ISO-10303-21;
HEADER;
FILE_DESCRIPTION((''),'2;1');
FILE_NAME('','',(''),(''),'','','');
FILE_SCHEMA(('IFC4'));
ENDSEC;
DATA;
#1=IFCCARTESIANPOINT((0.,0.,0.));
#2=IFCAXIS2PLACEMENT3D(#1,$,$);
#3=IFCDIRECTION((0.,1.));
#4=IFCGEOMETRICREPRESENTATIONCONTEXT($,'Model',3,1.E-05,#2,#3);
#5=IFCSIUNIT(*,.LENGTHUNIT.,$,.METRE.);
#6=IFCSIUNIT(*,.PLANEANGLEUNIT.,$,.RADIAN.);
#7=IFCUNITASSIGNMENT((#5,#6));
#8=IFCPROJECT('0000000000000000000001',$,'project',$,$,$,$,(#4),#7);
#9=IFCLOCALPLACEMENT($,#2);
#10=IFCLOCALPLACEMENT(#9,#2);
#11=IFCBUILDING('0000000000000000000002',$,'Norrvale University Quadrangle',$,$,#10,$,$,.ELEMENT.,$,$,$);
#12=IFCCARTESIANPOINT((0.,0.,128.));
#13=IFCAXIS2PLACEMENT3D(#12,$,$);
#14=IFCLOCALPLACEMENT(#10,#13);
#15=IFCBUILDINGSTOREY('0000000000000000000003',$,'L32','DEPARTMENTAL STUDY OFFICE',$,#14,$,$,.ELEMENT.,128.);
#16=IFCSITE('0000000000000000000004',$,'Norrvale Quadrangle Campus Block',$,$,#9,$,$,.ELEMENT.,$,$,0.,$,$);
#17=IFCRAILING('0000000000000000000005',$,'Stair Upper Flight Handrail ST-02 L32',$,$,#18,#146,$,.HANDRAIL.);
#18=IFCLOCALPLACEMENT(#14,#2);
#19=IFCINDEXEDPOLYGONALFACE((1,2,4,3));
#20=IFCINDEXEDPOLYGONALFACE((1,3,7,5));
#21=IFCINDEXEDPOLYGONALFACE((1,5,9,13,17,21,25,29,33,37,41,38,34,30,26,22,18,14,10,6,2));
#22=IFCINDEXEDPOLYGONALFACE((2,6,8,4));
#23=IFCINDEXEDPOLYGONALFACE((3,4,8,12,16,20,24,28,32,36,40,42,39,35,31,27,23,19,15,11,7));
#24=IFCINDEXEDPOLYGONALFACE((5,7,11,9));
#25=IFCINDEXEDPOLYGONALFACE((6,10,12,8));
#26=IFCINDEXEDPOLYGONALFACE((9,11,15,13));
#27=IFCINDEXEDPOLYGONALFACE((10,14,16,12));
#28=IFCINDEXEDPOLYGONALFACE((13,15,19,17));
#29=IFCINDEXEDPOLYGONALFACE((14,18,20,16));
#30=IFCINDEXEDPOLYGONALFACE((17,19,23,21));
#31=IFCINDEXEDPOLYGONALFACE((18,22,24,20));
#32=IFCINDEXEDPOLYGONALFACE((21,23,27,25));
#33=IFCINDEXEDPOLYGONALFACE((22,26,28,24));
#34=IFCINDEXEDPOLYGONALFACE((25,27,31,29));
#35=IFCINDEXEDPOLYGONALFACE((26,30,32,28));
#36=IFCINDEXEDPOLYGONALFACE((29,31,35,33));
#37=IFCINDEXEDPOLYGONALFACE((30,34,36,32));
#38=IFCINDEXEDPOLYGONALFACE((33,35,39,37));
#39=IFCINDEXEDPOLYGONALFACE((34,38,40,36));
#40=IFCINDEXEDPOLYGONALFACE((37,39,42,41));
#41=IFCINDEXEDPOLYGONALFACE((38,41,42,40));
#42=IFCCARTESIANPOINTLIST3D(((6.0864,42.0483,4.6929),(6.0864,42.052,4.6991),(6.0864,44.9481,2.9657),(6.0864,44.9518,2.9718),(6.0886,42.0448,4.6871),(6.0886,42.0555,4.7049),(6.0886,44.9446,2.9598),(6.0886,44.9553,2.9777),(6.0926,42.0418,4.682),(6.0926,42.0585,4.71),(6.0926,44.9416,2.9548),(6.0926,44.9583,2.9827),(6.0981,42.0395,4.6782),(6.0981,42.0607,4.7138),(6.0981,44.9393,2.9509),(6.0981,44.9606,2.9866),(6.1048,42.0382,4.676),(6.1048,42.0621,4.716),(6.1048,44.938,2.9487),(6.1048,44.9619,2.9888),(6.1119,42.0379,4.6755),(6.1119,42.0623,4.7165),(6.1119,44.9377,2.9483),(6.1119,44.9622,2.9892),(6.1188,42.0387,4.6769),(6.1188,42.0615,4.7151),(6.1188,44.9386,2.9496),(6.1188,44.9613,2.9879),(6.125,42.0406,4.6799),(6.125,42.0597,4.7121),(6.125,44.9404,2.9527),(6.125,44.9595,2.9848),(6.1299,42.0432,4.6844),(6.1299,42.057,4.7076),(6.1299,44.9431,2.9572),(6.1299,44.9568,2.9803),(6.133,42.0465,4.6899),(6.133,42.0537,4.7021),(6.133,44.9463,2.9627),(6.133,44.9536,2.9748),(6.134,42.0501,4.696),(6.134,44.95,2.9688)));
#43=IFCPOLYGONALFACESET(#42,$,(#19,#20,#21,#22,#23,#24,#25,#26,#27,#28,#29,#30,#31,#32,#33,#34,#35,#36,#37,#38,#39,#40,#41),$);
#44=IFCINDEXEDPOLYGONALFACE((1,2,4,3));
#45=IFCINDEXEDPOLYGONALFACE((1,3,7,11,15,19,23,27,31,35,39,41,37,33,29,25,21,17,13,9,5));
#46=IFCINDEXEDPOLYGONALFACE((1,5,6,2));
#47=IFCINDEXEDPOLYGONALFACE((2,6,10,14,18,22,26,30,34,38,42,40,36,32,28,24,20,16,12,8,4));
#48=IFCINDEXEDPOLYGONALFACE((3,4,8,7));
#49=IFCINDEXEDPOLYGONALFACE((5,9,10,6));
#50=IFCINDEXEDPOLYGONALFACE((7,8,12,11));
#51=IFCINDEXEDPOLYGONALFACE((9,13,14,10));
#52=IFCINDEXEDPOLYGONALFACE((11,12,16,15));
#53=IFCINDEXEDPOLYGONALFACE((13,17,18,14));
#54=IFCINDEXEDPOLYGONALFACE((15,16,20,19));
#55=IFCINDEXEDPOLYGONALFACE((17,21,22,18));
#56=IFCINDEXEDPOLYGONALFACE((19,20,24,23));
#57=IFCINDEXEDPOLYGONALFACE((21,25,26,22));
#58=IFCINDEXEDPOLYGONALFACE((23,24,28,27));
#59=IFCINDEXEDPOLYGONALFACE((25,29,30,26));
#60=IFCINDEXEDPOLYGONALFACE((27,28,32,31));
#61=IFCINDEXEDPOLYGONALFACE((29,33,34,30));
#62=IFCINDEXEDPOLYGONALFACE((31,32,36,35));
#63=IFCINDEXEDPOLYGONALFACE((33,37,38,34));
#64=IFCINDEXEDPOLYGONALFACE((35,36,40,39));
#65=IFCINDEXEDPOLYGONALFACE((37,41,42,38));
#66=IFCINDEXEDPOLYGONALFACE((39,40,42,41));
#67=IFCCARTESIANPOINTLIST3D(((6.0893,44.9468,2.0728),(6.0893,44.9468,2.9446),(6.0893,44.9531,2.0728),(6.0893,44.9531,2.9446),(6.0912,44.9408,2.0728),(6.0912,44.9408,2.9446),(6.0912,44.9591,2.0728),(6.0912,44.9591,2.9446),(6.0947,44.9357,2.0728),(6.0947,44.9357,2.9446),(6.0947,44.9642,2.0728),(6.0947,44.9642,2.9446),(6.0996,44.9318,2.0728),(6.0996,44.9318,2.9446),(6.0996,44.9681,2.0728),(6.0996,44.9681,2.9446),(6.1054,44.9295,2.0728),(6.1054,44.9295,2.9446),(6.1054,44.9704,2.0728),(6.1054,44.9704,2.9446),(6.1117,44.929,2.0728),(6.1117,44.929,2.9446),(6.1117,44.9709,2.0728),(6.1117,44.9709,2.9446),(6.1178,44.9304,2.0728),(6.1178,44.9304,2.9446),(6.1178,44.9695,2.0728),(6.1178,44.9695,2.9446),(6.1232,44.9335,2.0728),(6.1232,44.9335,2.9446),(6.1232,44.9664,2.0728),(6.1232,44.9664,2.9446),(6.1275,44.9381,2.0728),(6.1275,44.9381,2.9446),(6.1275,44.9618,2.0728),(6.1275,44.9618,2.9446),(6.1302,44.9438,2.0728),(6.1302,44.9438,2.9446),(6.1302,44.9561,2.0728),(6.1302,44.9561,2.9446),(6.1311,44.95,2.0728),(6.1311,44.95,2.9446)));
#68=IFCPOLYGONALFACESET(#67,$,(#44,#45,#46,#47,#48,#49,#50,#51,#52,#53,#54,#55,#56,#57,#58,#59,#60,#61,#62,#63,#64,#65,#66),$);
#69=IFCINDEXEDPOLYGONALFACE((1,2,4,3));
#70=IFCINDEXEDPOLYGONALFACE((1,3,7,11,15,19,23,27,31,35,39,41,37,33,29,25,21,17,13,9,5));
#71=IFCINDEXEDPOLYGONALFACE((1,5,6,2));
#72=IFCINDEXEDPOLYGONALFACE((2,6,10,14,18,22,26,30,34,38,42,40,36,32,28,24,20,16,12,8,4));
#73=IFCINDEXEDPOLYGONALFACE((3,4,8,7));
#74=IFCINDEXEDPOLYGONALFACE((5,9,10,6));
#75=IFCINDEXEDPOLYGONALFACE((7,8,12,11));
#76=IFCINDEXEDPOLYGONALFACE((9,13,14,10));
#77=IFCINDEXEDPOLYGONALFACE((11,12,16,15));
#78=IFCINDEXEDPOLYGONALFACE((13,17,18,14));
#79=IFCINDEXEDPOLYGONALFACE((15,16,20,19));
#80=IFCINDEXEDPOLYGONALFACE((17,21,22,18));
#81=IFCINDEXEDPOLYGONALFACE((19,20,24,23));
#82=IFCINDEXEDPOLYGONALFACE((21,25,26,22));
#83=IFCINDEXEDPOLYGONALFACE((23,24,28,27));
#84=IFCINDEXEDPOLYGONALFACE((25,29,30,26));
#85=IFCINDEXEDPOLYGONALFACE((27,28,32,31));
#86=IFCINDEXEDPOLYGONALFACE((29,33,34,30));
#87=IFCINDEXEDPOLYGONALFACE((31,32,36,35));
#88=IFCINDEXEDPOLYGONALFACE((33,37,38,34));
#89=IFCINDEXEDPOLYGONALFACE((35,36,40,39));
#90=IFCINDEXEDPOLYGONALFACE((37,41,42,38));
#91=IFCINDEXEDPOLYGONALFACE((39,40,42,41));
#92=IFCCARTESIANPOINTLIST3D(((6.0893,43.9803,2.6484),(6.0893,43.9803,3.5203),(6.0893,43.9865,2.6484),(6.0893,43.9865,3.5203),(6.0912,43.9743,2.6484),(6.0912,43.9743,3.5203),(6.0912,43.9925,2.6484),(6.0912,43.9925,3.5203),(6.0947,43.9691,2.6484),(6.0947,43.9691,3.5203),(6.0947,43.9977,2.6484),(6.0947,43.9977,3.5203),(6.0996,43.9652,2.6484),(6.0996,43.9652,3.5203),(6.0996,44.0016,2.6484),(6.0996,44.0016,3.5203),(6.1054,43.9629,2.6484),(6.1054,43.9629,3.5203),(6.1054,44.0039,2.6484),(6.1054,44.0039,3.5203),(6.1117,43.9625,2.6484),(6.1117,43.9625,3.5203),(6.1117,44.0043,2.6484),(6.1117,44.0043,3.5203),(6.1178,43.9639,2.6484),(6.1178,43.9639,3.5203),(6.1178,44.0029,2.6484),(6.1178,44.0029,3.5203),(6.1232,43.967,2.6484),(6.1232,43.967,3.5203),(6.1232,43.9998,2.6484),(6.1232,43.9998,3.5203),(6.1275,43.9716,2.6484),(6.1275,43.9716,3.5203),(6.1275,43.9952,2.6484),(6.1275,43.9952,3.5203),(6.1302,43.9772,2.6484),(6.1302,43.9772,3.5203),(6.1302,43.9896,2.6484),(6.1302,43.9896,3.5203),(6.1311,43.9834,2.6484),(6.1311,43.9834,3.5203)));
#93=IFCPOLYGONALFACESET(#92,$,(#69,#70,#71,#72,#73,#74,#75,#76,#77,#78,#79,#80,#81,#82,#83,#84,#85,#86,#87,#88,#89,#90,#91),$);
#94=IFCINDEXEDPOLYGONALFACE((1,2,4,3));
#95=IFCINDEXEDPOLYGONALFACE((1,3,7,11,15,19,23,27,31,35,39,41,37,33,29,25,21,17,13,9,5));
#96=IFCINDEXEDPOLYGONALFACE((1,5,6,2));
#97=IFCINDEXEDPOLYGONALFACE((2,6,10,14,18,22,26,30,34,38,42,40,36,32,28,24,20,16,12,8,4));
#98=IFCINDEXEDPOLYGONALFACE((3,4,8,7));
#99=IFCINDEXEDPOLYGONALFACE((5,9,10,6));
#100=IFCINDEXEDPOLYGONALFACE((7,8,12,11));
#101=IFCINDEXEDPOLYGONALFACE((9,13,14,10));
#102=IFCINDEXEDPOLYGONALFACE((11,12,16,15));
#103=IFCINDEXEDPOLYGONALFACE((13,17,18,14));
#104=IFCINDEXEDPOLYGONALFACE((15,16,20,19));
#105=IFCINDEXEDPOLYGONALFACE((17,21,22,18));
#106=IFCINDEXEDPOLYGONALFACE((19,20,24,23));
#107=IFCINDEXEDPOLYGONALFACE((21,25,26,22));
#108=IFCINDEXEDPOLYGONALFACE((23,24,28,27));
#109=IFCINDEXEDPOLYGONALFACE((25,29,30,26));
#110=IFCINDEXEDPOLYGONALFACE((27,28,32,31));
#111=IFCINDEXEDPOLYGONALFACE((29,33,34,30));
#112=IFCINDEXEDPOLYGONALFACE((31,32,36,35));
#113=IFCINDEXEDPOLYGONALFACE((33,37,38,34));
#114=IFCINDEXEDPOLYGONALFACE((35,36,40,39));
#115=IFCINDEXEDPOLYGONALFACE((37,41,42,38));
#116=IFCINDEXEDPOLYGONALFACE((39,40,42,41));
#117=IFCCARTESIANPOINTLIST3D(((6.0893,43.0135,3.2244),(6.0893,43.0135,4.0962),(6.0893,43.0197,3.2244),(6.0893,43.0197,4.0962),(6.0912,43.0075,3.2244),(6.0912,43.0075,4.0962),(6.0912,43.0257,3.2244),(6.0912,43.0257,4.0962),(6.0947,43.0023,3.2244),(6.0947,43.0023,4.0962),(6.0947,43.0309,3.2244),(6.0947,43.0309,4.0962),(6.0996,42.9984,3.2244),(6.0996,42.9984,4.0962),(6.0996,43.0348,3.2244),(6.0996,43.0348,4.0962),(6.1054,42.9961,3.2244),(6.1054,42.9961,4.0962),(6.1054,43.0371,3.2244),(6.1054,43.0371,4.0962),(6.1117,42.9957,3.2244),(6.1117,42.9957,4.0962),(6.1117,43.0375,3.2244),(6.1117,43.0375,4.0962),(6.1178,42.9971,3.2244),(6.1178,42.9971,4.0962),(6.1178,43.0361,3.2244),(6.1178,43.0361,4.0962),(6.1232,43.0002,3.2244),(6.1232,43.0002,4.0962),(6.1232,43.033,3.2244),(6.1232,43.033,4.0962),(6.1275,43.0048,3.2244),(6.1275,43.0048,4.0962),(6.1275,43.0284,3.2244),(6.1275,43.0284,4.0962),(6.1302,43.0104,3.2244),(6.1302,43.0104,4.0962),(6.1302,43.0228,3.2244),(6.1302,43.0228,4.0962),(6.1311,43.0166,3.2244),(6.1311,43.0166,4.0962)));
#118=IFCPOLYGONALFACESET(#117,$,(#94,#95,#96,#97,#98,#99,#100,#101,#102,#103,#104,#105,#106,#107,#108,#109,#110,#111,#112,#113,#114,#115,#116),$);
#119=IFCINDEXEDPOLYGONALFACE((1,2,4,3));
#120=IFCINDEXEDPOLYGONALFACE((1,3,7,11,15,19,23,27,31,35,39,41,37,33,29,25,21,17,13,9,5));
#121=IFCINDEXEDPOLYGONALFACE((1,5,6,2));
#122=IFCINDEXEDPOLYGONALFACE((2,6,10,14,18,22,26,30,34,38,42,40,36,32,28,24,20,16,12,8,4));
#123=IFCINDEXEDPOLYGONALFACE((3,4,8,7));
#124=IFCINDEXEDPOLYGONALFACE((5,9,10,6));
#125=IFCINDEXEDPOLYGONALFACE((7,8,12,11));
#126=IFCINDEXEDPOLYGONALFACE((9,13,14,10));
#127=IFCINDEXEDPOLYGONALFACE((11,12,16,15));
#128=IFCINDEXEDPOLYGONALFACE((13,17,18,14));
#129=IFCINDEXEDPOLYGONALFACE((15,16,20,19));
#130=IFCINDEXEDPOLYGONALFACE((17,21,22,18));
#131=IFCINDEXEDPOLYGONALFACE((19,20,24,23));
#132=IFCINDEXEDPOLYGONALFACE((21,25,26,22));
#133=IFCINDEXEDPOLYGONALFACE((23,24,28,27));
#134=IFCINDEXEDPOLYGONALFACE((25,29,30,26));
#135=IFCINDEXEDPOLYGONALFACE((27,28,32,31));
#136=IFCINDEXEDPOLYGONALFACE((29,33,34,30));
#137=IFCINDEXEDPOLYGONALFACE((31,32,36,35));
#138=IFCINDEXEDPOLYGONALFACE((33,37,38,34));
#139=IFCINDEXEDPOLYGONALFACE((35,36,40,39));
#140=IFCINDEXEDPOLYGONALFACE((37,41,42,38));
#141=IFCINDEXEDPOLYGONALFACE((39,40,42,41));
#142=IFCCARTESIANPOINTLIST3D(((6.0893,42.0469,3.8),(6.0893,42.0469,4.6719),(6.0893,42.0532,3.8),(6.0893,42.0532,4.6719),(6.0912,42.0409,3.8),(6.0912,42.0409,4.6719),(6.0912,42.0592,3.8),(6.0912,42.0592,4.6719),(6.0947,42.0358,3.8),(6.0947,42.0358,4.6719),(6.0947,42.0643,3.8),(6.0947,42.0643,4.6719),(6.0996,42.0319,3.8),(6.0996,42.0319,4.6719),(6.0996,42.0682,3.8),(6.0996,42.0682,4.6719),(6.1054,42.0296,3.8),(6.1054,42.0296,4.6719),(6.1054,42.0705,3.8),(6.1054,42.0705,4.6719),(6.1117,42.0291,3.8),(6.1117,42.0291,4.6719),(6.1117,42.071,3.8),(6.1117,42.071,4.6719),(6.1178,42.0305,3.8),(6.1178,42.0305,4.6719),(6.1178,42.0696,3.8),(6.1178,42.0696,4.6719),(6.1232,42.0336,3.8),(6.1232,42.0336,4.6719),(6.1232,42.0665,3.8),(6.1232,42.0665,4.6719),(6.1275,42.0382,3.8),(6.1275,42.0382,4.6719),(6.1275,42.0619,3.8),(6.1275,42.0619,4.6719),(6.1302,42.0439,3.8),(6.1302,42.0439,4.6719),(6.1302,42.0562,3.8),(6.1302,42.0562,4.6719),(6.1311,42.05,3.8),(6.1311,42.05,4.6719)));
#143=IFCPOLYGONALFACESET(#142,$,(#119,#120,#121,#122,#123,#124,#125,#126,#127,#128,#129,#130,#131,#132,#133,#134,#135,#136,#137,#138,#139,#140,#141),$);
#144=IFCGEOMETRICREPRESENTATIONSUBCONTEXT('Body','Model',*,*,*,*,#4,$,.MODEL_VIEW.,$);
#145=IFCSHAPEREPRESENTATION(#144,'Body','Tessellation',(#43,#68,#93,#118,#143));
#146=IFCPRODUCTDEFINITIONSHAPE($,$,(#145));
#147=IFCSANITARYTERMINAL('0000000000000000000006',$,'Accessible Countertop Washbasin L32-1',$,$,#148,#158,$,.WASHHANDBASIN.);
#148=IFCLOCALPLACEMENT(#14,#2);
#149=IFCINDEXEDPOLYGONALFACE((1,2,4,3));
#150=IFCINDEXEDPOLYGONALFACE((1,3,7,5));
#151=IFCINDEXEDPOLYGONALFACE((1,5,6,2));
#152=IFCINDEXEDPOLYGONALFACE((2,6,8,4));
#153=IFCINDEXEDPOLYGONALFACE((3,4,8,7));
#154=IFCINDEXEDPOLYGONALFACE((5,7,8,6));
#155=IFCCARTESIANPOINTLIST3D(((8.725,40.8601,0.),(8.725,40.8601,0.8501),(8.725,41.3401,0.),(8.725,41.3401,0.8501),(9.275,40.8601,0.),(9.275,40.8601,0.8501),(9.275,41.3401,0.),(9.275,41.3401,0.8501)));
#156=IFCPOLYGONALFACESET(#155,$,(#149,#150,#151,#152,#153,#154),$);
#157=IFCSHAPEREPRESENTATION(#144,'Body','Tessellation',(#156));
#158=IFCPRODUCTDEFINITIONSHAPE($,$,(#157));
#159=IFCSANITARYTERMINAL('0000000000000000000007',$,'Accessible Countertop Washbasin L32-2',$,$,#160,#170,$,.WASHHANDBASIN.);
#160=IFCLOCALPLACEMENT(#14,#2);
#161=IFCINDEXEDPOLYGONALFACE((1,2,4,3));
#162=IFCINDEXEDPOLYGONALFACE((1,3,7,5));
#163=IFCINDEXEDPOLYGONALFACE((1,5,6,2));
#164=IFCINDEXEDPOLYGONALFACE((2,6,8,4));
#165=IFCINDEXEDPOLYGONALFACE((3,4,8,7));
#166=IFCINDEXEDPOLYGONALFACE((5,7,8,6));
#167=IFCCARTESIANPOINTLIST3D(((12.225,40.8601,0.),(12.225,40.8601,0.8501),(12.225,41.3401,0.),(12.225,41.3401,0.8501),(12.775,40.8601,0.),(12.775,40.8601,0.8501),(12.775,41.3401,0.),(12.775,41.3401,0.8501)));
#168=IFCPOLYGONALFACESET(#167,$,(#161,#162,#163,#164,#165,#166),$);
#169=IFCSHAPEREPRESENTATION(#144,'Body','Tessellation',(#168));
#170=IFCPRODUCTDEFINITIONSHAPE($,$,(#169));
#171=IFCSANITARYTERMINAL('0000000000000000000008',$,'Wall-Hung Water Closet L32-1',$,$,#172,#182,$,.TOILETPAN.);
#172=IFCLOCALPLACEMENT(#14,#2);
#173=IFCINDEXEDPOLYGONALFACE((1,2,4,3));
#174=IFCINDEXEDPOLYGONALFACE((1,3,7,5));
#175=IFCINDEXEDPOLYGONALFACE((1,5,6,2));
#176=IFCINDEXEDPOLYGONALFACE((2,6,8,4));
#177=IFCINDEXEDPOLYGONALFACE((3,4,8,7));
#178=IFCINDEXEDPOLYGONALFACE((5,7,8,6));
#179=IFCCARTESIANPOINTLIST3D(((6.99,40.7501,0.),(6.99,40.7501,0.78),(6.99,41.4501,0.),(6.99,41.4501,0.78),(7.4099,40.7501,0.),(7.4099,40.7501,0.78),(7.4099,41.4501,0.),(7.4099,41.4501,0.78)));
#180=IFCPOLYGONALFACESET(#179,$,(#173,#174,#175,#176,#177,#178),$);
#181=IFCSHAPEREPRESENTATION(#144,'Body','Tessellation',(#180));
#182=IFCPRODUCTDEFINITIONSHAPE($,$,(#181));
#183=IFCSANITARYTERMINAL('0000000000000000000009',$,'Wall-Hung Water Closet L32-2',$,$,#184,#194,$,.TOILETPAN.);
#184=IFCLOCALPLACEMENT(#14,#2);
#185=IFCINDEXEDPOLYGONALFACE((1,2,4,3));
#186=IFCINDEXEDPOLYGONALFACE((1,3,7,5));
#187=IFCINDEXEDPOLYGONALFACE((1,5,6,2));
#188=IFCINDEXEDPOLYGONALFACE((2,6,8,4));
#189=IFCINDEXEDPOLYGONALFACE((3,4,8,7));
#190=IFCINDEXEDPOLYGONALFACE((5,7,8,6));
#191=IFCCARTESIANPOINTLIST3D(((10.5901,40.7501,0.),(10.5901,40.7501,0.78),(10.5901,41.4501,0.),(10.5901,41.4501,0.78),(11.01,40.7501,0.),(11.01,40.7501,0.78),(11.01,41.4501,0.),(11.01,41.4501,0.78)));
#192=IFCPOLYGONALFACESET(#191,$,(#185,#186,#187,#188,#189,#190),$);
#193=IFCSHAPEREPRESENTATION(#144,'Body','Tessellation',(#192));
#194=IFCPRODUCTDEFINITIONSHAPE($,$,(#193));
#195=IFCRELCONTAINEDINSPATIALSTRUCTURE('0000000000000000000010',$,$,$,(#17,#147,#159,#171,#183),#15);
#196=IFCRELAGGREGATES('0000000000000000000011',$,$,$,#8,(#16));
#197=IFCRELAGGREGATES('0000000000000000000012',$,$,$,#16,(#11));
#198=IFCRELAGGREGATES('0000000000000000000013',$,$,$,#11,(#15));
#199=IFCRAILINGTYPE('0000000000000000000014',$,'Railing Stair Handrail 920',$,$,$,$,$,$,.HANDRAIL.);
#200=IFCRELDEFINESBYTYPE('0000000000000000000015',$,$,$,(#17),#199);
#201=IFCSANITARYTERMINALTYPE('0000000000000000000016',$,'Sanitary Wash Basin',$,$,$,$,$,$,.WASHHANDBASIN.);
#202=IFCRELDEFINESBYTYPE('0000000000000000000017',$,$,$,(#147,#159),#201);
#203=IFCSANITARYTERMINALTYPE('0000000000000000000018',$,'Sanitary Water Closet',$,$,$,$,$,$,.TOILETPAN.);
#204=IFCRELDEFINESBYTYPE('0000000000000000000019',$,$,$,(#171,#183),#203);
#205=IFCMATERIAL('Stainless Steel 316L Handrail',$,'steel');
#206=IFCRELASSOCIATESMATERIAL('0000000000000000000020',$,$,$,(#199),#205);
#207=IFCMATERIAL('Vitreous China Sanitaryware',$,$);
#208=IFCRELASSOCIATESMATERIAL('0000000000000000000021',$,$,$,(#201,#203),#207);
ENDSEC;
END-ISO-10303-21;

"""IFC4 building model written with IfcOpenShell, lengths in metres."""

from ifc_helpers import new_model, si_unit, direction, frame, origin, origin_2d, place, context, subcontext, project, spatial, rectangle, circle, extrude, material, type_object, element, save


model = new_model("IFC4")

# Units and contexts
model_context = context("Model", 3, precision=1e-05, world=origin(), true_north=direction((0.0, 1.0)))
body_context = subcontext(model_context, "Body", "Model", "MODEL_VIEW")
ifc_project = project(units=[si_unit("LENGTHUNIT", "METRE"), si_unit("PLANEANGLEUNIT", "RADIAN")], contexts=[model_context])

# Site, building, storey
site_placement = place(None, origin())
site = spatial("IfcSite", under=ifc_project, at=site_placement, Name="Norrvale Quadrangle Campus Block", CompositionType="ELEMENT", RefElevation=0.0)
building_placement = place(site_placement, origin())
building = spatial("IfcBuilding", under=site, at=building_placement, Name="Norrvale University Quadrangle", CompositionType="ELEMENT")
storey_placement = place(building_placement, frame((0.0, 0.0, 128.0)))
storey = spatial("IfcBuildingStorey", under=building, at=storey_placement, Name="L32", Description="DEPARTMENTAL STUDY OFFICE", CompositionType="ELEMENT", Elevation=128.0)

# Railing
ifc_material_1 = material(Name="Stainless Steel 316L Handrail", Category="steel")
railing_type_1 = type_object("IfcRailingType", Name="Railing Stair Handrail 920", PredefinedType="HANDRAIL", material=ifc_material_1)
railing_1_placement = place(storey_placement, frame((6.1101, 44.95, 2.0728)))
element("IfcRailing", 1, at=railing_1_placement, inside=storey, type_object=railing_type_1, Name="Stair Upper Flight Handrail ST-02 L32", PredefinedType="HANDRAIL", context=body_context, shape_type="SweptSolid", body=[
    extrude(circle(Radius=0.0239, at=origin_2d()), frame((0.0, 0.0, 0.896), z_axis=(0.0, -0.859141, 0.511738), x_axis=(1.0, 0.0, 0.0)), (0.0, 0.0, 1.0), 3.3752),
    extrude(circle(Radius=0.021, at=origin_2d()), origin(), (0.0, 0.0, 1.0), 0.8718),
    extrude(circle(Radius=0.021, at=origin_2d()), frame((0.0, -0.9666, 0.5757)), (0.0, 0.0, 1.0), 0.8718),
    extrude(circle(Radius=0.021, at=origin_2d()), frame((0.0, -1.9333, 1.1516)), (0.0, 0.0, 1.0), 0.8718),
    extrude(circle(Radius=0.021, at=origin_2d()), frame((0.0, -2.8999, 1.7273)), (0.0, 0.0, 1.0), 0.8718),
])

# Sanitary terminals
ifc_material_2 = material(Name="Vitreous China Sanitaryware")
sanitary_terminal_type_1 = type_object("IfcSanitaryTerminalType", Name="Sanitary Wash Basin", PredefinedType="WASHHANDBASIN", material=ifc_material_2)
for number, where, z_axis, x_axis, name in (
    (2, (9.0, 41.1001, 0.0), (0.0, 0.0, 1.0), (1.0, 0.0, 0.0), "Accessible Countertop Washbasin L32-1"),
    (3, (12.5, 41.1001, 0.0), (0.0, 0.0, 1.0), (1.0, 0.0, 0.0), "Accessible Countertop Washbasin L32-2"),
):
    element("IfcSanitaryTerminal", number, at=place(storey_placement, frame(where, z_axis=z_axis, x_axis=x_axis)), inside=storey, type_object=sanitary_terminal_type_1, Name=name, PredefinedType="WASHHANDBASIN", context=body_context, shape_type="SweptSolid", body=[
        extrude(rectangle(XDim=0.55, YDim=0.48, at=origin_2d()), origin(), (0.0, 0.0, 1.0), 0.8501),
    ])
sanitary_terminal_type_2 = type_object("IfcSanitaryTerminalType", Name="Sanitary Water Closet", PredefinedType="TOILETPAN", material=ifc_material_2)
for number, where, z_axis, x_axis, name in (
    (4, (7.2, 41.1001, 0.0), (0.0, 0.0, 1.0), (1.0, 0.0, 0.0), "Wall-Hung Water Closet L32-1"),
    (5, (10.8, 41.1001, 0.0), (0.0, 0.0, 1.0), (1.0, 0.0, 0.0), "Wall-Hung Water Closet L32-2"),
):
    element("IfcSanitaryTerminal", number, at=place(storey_placement, frame(where, z_axis=z_axis, x_axis=x_axis)), inside=storey, type_object=sanitary_terminal_type_2, Name=name, PredefinedType="TOILETPAN", context=body_context, shape_type="SweptSolid", body=[
        extrude(rectangle(XDim=0.4199, YDim=0.7, at=origin_2d()), origin(), (0.0, 0.0, 1.0), 0.78),
    ])

save(model, "model.ifc")
